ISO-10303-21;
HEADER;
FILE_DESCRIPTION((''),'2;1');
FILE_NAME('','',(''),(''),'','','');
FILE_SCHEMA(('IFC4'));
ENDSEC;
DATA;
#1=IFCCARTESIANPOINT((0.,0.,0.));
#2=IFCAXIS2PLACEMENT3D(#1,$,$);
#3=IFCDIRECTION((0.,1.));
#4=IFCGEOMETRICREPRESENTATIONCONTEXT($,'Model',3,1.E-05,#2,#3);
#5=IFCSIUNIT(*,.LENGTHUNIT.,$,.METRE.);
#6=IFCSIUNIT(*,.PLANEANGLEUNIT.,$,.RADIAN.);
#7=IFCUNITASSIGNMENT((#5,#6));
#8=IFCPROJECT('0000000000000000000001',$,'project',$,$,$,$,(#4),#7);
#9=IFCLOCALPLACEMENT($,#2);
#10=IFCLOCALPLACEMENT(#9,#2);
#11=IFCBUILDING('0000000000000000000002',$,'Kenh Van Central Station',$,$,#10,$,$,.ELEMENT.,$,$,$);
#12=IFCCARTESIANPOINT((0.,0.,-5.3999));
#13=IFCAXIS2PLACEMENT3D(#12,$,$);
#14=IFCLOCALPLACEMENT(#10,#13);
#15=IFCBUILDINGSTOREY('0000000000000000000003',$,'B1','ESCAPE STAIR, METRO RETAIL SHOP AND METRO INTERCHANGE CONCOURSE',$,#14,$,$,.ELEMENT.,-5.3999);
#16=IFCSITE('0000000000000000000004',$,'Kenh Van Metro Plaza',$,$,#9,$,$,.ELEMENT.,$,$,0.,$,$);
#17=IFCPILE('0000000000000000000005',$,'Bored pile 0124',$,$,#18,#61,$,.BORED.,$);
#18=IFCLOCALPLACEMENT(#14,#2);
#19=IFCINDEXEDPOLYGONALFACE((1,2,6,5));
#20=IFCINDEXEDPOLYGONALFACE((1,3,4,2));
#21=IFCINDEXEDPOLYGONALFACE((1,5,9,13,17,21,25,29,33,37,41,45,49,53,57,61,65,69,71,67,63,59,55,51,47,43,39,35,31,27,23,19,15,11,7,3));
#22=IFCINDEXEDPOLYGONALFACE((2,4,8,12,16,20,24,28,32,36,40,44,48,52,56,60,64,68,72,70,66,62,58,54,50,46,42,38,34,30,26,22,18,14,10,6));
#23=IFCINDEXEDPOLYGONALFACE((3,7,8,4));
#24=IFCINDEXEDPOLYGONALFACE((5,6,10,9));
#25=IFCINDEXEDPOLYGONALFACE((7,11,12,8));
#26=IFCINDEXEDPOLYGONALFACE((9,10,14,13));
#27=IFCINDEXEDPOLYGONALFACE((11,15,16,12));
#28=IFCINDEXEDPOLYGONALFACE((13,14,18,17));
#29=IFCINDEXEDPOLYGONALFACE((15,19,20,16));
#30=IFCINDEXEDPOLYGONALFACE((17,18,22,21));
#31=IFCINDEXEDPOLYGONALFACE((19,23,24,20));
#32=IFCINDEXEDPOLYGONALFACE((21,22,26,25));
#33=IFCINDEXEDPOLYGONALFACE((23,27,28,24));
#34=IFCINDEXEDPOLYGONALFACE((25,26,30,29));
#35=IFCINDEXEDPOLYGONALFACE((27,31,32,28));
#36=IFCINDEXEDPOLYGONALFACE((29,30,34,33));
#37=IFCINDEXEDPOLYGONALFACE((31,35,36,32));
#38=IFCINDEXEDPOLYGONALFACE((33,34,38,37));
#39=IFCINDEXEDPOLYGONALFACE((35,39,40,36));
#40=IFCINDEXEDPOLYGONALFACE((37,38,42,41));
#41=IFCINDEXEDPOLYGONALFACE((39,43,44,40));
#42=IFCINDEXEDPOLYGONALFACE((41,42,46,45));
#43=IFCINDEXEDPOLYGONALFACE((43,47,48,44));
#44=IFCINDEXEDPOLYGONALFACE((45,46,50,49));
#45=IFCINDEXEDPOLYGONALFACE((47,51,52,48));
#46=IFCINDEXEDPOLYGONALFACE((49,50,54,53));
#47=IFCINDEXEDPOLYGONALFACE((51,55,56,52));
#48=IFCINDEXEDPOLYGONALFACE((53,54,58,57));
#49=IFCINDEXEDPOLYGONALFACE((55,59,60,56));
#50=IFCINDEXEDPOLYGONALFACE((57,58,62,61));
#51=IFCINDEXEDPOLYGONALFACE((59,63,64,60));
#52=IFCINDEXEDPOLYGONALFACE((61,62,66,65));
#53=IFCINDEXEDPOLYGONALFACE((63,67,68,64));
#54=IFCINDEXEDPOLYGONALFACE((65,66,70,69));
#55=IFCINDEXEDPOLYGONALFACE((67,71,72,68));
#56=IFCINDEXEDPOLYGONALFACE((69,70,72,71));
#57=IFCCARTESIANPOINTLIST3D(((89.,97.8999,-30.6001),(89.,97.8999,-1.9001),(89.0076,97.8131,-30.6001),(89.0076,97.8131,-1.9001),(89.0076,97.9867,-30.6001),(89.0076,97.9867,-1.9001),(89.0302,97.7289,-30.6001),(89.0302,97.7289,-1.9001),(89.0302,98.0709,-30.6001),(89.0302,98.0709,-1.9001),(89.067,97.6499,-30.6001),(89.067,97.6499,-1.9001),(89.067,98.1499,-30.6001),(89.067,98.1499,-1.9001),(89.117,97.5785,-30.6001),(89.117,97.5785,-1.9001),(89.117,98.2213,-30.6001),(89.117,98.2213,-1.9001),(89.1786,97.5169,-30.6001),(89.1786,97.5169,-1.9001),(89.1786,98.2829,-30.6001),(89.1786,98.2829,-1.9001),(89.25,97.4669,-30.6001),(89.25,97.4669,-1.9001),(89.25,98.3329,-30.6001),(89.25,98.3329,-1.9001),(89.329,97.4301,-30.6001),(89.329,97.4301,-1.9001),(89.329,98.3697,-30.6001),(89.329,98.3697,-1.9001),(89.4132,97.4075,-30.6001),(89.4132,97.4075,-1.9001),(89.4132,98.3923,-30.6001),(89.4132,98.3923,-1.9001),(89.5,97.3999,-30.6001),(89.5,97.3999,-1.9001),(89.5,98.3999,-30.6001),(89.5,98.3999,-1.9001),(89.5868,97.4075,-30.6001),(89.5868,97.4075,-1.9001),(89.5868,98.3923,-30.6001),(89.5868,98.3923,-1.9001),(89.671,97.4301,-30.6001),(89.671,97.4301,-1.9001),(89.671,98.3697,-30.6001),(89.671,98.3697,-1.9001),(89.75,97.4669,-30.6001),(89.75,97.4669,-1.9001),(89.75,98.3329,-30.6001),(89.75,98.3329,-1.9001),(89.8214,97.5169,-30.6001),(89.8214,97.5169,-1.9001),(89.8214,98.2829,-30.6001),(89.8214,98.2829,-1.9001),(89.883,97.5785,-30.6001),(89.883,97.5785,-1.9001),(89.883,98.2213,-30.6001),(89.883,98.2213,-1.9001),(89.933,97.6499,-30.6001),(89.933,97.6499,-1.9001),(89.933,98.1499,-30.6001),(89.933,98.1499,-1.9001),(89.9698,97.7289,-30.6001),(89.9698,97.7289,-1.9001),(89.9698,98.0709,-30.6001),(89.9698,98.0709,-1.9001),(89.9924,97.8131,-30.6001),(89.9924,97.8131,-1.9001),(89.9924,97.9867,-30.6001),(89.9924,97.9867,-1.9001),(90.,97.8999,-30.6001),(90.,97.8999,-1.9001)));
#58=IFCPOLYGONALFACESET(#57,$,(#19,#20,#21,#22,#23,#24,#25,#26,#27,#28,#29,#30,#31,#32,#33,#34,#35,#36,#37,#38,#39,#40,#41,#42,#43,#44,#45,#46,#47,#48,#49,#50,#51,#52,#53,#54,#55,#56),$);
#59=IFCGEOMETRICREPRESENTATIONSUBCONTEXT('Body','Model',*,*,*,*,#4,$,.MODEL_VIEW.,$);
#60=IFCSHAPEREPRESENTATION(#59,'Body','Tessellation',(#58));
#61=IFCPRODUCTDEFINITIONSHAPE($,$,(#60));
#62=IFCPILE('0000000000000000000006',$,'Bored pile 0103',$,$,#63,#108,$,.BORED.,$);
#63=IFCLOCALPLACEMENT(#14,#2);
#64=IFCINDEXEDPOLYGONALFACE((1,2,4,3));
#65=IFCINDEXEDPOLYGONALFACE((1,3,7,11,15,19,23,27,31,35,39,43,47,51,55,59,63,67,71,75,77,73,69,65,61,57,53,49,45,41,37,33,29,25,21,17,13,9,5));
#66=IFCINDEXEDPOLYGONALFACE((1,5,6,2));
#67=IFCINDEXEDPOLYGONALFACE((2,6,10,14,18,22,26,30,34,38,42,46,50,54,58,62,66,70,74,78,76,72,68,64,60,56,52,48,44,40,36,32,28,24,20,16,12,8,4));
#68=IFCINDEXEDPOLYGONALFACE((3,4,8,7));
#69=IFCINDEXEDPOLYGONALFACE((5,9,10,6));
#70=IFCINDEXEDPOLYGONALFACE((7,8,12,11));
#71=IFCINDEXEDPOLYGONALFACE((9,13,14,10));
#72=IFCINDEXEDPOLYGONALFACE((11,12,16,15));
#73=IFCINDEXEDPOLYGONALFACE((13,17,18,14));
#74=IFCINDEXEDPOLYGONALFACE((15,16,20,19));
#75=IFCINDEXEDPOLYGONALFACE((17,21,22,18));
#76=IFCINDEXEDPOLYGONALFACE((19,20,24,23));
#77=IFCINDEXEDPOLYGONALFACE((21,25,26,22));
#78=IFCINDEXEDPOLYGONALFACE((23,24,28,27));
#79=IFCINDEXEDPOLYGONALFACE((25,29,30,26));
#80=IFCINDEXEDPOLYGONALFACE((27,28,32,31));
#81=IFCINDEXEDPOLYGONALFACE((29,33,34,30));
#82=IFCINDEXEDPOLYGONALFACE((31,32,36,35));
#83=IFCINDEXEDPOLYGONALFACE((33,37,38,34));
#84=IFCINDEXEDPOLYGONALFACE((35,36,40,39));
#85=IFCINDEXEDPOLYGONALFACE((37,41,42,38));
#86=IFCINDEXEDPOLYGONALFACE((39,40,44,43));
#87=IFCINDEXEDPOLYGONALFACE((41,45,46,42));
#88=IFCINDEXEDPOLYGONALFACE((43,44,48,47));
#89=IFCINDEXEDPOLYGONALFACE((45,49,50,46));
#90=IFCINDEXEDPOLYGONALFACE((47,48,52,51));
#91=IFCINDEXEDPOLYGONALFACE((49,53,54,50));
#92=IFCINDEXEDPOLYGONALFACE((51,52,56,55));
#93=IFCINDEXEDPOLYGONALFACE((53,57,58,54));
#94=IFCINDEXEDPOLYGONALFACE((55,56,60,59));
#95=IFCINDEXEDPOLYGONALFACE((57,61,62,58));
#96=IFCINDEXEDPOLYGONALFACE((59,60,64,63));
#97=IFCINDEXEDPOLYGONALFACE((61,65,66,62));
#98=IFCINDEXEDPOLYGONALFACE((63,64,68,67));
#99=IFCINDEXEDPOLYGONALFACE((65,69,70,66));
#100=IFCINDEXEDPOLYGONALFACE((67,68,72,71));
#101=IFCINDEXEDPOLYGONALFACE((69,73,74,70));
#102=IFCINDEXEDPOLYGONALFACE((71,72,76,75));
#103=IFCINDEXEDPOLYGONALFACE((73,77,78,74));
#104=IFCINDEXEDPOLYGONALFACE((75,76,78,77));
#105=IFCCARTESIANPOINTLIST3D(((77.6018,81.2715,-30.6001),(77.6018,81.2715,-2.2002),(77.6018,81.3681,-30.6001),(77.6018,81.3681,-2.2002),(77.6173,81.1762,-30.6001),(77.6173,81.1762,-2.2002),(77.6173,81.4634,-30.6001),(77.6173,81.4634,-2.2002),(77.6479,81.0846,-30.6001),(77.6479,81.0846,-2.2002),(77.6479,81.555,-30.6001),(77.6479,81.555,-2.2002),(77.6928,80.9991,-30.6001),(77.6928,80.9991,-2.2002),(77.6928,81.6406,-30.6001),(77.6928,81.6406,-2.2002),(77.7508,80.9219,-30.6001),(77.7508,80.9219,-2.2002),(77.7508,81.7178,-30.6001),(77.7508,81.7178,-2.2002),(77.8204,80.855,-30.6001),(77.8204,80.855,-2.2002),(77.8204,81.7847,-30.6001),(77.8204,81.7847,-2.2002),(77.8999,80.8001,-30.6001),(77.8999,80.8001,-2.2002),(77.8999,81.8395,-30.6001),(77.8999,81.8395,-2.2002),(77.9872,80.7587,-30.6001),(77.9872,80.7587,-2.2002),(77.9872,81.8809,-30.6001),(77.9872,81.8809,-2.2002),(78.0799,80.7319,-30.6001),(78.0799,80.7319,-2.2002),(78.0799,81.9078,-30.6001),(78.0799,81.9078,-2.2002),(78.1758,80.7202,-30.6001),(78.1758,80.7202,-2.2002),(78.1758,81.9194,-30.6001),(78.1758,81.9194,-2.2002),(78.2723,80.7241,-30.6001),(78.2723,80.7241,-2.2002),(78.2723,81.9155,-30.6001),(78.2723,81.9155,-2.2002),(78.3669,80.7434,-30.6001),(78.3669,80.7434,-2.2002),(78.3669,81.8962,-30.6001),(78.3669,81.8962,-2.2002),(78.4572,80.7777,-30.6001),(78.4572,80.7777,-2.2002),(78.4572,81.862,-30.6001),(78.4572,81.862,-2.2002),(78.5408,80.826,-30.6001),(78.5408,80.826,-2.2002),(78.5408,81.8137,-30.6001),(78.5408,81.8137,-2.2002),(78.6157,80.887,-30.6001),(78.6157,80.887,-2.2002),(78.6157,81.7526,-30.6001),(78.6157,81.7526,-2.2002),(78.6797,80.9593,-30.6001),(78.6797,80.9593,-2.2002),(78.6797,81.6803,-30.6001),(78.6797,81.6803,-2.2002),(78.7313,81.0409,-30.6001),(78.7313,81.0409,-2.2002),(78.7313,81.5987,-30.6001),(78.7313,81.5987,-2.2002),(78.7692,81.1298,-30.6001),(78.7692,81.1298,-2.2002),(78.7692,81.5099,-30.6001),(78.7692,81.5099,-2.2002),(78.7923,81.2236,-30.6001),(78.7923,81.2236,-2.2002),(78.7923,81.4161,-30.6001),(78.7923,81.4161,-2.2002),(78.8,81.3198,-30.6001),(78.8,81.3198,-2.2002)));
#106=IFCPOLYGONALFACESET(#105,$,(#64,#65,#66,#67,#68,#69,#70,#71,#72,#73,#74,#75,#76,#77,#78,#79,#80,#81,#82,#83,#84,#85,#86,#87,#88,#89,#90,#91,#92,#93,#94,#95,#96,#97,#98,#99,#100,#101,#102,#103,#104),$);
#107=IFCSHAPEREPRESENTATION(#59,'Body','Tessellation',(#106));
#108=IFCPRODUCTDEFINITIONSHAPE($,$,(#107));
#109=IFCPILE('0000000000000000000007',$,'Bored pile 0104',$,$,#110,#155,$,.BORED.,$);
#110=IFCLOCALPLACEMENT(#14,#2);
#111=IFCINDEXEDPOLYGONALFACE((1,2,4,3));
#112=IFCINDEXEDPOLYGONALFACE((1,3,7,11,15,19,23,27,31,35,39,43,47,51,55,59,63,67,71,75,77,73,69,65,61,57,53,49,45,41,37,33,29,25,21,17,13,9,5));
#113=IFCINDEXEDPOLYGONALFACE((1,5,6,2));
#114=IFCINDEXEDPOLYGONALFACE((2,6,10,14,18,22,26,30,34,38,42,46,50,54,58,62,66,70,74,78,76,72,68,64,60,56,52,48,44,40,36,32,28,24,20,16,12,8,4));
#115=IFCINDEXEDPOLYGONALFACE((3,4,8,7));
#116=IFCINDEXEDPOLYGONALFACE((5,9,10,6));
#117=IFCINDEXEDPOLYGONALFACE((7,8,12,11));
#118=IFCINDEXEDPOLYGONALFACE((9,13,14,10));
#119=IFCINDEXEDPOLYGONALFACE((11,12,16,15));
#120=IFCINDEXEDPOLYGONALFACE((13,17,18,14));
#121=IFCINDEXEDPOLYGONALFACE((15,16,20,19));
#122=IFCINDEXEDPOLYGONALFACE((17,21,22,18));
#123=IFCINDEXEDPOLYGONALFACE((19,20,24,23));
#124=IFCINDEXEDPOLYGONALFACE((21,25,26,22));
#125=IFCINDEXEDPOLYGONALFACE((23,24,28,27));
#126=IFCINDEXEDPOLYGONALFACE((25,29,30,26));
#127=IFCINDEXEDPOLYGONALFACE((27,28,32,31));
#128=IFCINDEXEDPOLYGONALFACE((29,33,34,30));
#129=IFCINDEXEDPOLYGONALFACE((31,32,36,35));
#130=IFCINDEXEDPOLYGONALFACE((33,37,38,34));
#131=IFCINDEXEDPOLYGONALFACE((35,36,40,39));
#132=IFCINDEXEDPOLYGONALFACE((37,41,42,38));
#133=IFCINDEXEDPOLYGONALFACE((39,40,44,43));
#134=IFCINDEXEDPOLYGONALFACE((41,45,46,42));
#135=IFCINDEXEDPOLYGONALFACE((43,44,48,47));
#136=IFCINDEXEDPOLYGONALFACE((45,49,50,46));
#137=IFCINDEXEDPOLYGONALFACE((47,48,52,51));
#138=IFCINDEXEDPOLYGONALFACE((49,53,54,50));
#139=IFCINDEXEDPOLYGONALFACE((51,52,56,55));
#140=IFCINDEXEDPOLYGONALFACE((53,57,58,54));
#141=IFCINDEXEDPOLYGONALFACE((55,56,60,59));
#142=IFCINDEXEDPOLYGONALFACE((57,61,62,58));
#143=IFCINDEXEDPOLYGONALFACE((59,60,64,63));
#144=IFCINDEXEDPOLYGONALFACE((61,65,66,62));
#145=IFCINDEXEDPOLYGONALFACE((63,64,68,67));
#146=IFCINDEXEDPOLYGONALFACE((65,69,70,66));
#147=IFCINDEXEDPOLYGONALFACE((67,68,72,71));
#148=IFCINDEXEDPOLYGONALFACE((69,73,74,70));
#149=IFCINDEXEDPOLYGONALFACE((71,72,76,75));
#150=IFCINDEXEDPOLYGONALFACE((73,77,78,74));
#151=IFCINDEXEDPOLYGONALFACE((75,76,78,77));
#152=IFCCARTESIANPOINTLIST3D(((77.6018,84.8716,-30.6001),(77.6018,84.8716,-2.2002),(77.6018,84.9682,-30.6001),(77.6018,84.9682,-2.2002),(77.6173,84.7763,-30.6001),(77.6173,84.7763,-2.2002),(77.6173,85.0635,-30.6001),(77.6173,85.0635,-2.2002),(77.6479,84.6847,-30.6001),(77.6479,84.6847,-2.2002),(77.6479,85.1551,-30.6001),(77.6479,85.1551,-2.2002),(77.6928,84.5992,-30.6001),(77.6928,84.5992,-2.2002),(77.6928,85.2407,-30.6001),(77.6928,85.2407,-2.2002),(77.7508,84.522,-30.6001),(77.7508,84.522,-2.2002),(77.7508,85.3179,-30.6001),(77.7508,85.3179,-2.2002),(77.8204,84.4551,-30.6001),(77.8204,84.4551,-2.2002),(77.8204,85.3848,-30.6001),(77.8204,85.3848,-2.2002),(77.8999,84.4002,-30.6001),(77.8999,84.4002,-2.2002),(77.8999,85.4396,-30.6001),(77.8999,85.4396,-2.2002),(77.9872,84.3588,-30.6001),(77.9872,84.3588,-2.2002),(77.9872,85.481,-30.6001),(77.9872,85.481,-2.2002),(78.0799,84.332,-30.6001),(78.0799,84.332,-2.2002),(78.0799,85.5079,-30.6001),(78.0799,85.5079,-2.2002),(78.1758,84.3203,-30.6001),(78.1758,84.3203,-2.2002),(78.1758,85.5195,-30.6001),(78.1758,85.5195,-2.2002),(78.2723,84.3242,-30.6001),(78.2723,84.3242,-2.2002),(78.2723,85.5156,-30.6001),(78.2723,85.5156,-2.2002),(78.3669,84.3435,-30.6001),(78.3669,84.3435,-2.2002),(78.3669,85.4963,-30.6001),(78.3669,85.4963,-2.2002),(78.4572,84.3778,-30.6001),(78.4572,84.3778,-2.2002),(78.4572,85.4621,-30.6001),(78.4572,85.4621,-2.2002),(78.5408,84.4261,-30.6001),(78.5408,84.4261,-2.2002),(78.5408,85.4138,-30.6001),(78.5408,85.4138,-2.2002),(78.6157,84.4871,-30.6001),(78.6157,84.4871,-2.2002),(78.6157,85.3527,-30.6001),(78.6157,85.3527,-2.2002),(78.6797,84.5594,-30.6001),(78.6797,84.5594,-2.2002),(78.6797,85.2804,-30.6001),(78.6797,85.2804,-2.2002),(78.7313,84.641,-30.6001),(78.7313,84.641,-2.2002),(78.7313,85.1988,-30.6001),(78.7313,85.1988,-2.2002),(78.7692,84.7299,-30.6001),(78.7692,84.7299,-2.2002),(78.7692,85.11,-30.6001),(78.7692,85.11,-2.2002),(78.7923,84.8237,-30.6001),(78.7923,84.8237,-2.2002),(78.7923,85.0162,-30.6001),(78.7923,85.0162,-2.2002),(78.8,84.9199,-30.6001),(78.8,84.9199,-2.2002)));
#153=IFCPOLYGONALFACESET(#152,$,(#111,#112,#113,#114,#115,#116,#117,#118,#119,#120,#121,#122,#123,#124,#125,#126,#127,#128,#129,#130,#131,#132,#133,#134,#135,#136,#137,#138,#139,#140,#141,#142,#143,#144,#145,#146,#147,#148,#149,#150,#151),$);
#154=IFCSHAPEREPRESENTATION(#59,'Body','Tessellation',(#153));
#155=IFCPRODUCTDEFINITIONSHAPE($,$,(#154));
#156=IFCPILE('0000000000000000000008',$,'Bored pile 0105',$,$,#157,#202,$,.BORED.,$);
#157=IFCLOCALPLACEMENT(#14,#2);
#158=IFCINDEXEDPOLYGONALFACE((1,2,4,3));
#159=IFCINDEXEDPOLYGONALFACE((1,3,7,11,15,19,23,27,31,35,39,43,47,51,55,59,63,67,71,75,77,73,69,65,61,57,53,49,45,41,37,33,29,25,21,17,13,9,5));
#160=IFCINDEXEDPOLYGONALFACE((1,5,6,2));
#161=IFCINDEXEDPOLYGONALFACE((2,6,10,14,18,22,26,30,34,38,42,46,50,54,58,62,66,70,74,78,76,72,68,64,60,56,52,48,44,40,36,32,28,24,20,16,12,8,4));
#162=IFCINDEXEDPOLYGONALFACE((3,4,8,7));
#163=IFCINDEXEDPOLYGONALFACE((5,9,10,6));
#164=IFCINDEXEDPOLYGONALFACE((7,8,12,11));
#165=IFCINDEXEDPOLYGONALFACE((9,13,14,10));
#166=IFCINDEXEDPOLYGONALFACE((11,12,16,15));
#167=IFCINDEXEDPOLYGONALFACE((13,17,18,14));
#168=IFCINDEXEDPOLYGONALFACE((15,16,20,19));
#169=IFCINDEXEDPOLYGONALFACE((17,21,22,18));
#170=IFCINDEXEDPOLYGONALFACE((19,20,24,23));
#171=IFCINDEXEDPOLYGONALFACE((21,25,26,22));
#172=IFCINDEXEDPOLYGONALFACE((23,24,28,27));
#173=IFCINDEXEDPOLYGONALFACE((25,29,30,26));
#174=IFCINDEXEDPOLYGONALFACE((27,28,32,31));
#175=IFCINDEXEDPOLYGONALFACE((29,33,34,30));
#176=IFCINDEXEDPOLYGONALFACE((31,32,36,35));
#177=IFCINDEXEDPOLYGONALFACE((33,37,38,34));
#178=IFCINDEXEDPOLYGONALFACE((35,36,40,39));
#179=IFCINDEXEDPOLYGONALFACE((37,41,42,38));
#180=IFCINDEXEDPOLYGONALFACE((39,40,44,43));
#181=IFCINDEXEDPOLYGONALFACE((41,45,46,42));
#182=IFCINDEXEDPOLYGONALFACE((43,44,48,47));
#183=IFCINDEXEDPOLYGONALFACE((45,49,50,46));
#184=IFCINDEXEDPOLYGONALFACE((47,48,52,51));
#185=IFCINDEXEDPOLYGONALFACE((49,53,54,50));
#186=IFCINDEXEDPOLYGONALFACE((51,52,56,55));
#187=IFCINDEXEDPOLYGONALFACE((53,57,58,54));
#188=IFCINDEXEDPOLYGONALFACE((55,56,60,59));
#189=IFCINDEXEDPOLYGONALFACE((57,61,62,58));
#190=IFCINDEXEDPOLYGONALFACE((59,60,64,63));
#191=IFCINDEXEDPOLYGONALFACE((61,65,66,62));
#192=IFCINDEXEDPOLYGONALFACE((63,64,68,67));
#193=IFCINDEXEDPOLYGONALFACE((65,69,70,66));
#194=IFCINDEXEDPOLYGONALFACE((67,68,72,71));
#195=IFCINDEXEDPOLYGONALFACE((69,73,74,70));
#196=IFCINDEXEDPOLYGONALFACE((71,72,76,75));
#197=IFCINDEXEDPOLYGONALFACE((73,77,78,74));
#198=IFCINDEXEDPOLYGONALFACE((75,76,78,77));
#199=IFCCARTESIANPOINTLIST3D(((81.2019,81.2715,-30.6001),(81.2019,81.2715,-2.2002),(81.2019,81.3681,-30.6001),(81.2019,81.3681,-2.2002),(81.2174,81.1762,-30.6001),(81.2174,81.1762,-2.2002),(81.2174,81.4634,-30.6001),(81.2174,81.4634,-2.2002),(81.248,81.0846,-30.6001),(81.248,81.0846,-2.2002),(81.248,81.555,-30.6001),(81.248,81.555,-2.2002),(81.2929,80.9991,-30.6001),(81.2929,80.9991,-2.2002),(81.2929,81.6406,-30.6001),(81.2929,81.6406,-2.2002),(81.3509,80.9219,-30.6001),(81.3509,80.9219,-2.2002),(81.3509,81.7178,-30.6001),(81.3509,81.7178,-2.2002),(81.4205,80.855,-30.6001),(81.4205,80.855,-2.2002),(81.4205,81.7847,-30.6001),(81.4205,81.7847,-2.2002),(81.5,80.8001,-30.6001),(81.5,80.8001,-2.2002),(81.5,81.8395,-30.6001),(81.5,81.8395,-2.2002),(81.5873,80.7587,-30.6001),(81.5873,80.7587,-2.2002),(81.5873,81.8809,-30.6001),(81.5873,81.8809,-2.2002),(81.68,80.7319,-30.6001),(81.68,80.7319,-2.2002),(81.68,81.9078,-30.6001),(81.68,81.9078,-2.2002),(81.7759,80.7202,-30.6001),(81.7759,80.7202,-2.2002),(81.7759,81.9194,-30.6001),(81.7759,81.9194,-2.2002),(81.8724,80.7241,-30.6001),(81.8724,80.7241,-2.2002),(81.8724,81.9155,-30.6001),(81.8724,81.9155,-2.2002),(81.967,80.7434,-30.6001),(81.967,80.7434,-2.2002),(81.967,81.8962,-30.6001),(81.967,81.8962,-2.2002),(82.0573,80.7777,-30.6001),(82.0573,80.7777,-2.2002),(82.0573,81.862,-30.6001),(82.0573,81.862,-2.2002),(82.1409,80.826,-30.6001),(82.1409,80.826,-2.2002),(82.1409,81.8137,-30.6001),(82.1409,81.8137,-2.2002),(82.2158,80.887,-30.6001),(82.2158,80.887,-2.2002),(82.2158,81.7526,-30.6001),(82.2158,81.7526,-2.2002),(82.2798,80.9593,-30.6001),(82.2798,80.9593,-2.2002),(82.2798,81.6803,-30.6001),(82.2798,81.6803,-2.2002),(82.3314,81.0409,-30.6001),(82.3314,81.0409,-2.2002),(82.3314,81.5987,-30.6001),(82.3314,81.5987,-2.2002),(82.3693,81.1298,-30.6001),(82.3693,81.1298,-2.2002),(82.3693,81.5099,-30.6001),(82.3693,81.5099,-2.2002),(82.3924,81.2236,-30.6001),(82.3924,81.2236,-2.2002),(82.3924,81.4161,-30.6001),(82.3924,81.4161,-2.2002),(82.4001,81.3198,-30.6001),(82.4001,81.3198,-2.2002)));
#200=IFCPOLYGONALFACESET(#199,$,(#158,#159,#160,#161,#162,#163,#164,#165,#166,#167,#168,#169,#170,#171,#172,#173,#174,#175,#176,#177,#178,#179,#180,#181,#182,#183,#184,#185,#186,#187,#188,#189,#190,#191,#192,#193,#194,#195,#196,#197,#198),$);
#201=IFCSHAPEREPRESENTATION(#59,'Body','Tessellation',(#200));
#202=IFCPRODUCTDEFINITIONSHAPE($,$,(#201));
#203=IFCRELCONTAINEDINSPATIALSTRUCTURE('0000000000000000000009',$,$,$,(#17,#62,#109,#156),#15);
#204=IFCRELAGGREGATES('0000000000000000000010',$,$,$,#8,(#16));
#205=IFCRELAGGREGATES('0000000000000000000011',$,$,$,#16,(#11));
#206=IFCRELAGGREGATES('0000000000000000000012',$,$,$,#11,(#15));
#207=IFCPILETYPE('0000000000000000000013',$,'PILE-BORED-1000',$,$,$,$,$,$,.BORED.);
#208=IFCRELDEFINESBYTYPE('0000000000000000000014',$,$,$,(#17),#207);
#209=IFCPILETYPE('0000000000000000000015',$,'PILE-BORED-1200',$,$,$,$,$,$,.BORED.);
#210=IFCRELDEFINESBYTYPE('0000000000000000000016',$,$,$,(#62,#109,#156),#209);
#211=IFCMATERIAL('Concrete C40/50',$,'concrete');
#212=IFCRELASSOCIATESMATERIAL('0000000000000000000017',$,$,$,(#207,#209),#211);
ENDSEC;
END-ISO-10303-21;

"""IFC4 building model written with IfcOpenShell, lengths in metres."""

from ifc_helpers import new_model, si_unit, direction, frame, origin, origin_2d, place, context, subcontext, project, spatial, circle, extrude, material, material_profile, profile_set, type_object, element, save


model = new_model("IFC4")

# Units and contexts
model_context = context("Model", 3, precision=1e-05, world=origin(), true_north=direction((0.0, 1.0)))
body_context = subcontext(model_context, "Body", "Model", "MODEL_VIEW")
ifc_project = project(units=[si_unit("LENGTHUNIT", "METRE"), si_unit("PLANEANGLEUNIT", "RADIAN")], contexts=[model_context])

# Site, building, storey
site_placement = place(None, origin())
site = spatial("IfcSite", under=ifc_project, at=site_placement, Name="Kenh Van Metro Plaza", CompositionType="ELEMENT", RefElevation=0.0)
building_placement = place(site_placement, origin())
building = spatial("IfcBuilding", under=site, at=building_placement, Name="Kenh Van Central Station", CompositionType="ELEMENT")
storey_placement = place(building_placement, frame((0.0, 0.0, -5.3999)))
storey = spatial("IfcBuildingStorey", under=building, at=storey_placement, Name="B1", Description="ESCAPE STAIR, METRO RETAIL SHOP AND METRO INTERCHANGE CONCOURSE", CompositionType="ELEMENT", Elevation=-5.3999)

# Shared definitions
ifc_material_1 = material(Name="Concrete C40/50", Category="concrete")

# Piles
ifc_material_profile_1 = material_profile(ifc_material_1, circle(Radius=0.5, at=origin_2d()), Name="PILE D1000")
ifc_profile_set_1 = profile_set([ifc_material_profile_1], Name="Concrete C40/50")
pile_type_1 = type_object("IfcPileType", Name="PILE-BORED-1000", PredefinedType="BORED", material=ifc_profile_set_1)
for number, where, z_axis, x_axis, name in (
    (1, (89.5, 97.8999, -1.9001), (0.0, 0.0, -1.0), (1.0, 0.0, 0.0), "Bored pile 0124"),
):
    element("IfcPile", number, at=place(storey_placement, frame(where, z_axis=z_axis, x_axis=x_axis)), inside=storey, type_object=pile_type_1, Name=name, PredefinedType="BORED", context=body_context, shape_type="SweptSolid", body=[
        extrude(circle(Radius=0.5, at=origin_2d()), origin(), (0.0, 0.0, 1.0), 28.7),
    ])
ifc_material_profile_2 = material_profile(ifc_material_1, circle(Radius=0.6001, at=origin_2d()), Name="PILE D1200")
ifc_profile_set_2 = profile_set([ifc_material_profile_2], Name="Concrete C40/50")
pile_type_2 = type_object("IfcPileType", Name="PILE-BORED-1200", PredefinedType="BORED", material=ifc_profile_set_2)
for number, where, z_axis, x_axis, name in (
    (2, (78.2, 81.3198, -2.2002), (0.0, 0.0, -1.0), (1.0, 0.0, 0.0), "Bored pile 0103"),
    (3, (78.2, 84.9199, -2.2002), (0.0, 0.0, -1.0), (1.0, 0.0, 0.0), "Bored pile 0104"),
    (4, (81.8, 81.3198, -2.2002), (0.0, 0.0, -1.0), (1.0, 0.0, 0.0), "Bored pile 0105"),
):
    element("IfcPile", number, at=place(storey_placement, frame(where, z_axis=z_axis, x_axis=x_axis)), inside=storey, type_object=pile_type_2, Name=name, PredefinedType="BORED", context=body_context, shape_type="SweptSolid", body=[
        extrude(circle(Radius=0.6001, at=origin_2d()), origin(), (0.0, 0.0, 1.0), 28.3999),
    ])

save(model, "model.ifc")
